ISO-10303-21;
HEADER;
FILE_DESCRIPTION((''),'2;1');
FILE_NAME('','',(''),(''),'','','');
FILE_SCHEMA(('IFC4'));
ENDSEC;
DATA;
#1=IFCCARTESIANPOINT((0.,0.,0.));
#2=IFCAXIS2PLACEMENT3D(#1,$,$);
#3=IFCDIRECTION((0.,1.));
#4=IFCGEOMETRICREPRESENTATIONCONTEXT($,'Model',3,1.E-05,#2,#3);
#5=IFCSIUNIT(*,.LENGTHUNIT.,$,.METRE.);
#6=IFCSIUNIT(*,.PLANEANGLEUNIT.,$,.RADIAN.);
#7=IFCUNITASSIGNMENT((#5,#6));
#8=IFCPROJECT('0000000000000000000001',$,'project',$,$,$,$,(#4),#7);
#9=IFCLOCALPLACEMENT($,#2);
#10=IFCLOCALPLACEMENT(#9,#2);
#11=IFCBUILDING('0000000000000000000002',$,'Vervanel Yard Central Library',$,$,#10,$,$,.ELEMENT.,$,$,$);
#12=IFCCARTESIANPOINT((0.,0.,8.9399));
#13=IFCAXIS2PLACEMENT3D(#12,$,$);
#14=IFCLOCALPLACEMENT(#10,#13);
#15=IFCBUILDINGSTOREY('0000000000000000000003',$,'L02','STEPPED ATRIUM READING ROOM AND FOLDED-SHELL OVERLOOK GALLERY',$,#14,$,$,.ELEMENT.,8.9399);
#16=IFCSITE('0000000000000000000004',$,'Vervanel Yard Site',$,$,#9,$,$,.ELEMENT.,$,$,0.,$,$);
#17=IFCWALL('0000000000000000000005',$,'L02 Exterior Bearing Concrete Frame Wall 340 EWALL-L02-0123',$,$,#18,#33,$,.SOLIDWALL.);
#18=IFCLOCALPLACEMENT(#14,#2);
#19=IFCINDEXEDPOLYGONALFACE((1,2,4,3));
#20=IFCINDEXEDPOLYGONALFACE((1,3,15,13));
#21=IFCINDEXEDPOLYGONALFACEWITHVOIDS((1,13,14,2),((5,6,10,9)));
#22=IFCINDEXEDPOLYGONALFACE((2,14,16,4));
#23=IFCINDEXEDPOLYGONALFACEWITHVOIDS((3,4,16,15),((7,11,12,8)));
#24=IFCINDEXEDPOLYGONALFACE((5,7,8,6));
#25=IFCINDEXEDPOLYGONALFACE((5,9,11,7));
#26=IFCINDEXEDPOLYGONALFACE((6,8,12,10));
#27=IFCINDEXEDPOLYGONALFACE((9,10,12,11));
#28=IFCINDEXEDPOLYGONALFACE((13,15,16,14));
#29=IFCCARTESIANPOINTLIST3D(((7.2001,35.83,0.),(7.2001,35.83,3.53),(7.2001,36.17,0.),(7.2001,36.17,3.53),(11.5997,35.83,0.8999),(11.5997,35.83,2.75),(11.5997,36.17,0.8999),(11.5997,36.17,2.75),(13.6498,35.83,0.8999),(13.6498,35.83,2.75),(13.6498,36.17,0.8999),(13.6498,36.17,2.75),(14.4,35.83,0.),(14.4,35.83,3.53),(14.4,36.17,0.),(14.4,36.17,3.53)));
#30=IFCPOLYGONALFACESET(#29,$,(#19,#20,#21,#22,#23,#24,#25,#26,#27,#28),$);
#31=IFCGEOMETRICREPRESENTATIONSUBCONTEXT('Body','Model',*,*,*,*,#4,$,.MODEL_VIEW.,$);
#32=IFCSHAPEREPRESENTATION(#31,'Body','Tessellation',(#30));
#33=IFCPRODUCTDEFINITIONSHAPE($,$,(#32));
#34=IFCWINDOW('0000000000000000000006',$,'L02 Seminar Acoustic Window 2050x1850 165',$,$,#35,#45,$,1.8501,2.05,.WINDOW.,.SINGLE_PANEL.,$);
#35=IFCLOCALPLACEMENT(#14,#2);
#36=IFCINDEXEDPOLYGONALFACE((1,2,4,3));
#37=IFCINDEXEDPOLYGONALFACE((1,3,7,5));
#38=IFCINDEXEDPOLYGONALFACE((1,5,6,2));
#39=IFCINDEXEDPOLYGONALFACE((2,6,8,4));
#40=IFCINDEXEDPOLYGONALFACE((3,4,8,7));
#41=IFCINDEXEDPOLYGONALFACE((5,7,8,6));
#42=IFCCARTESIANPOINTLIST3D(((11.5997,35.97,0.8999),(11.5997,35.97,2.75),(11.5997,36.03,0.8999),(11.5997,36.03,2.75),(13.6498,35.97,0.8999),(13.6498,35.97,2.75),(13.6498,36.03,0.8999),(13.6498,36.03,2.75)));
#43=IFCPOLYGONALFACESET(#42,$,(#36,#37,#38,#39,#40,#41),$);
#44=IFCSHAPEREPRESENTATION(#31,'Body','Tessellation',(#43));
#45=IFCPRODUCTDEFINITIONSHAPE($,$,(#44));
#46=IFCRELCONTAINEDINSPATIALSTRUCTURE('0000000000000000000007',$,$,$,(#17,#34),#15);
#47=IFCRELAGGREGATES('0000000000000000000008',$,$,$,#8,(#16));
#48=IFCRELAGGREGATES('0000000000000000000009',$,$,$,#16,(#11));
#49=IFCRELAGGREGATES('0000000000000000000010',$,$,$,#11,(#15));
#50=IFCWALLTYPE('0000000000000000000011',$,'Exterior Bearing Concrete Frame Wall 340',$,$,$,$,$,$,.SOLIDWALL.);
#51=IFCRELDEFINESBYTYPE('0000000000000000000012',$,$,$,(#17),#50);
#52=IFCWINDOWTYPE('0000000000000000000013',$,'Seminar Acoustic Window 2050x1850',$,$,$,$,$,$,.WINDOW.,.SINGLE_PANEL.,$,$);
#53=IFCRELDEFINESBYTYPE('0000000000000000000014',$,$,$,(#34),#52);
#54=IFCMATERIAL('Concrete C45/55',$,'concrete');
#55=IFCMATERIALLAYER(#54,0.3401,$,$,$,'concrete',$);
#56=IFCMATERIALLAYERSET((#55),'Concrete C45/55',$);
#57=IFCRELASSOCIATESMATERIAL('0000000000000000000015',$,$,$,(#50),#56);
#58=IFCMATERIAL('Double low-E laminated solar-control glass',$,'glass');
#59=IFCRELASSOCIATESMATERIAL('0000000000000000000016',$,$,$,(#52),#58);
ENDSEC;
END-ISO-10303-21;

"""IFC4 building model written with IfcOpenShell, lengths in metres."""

from ifc_helpers import new_model, si_unit, direction, frame, frame_2d, origin, place, context, subcontext, project, spatial, rectangle, extrude, material, layer, layer_set, type_object, element, fill, save


model = new_model("IFC4")

# Units and contexts
model_context = context("Model", 3, precision=1e-05, world=origin(), true_north=direction((0.0, 1.0)))
body_context = subcontext(model_context, "Body", "Model", "MODEL_VIEW")
ifc_project = project(units=[si_unit("LENGTHUNIT", "METRE"), si_unit("PLANEANGLEUNIT", "RADIAN")], contexts=[model_context])

# Site, building, storey
site_placement = place(None, origin())
site = spatial("IfcSite", under=ifc_project, at=site_placement, Name="Vervanel Yard Site", CompositionType="ELEMENT", RefElevation=0.0)
building_placement = place(site_placement, origin())
building = spatial("IfcBuilding", under=site, at=building_placement, Name="Vervanel Yard Central Library", CompositionType="ELEMENT")
storey_placement = place(building_placement, frame((0.0, 0.0, 8.9399)))
storey = spatial("IfcBuildingStorey", under=building, at=storey_placement, Name="L02", Description="STEPPED ATRIUM READING ROOM AND FOLDED-SHELL OVERLOOK GALLERY", CompositionType="ELEMENT", Elevation=8.9399)

# Shared definitions
ifc_material_1 = material(Name="Concrete C45/55", Category="concrete")
ifc_layer = layer(ifc_material_1, 0.3401, Category="concrete")
ifc_layer_set = layer_set([ifc_layer], Name="Concrete C45/55")
wall_type = type_object("IfcWallType", Name="Exterior Bearing Concrete Frame Wall 340", PredefinedType="SOLIDWALL", material=ifc_layer_set)
ifc_material_2 = material(Name="Double low-E laminated solar-control glass", Category="glass")

# Wall, opening, window
window_type_1 = type_object("IfcWindowType", Name="Seminar Acoustic Window 2050x1850", PartitioningType="SINGLE_PANEL", PredefinedType="WINDOW", material=ifc_material_2)
wall_1_placement = place(storey_placement, frame((7.2, 36.0, 0.0), z_axis=(0.0, 0.0, 1.0), x_axis=(1.0, 0.0, 0.0)))
wall_1 = element("IfcWall", 1, at=wall_1_placement, inside=storey, type_object=wall_type, Name="L02 Exterior Bearing Concrete Frame Wall 340 EWALL-L02-0123", PredefinedType="SOLIDWALL", context=body_context, shape_type="SweptSolid", body=[
    extrude(rectangle(XDim=7.2, YDim=0.3401, at=frame_2d((3.6001, 0.0))), origin(), (0.0, 0.0, 1.0), 3.53),
])
opening_1_placement = place(wall_1_placement, frame((4.3999, 0.0, 0.8999)))
opening_1 = element("IfcOpeningElement", 2, at=opening_1_placement, cuts=wall_1, PredefinedType="OPENING", context=body_context, shape_type="SweptSolid", body=[
    extrude(rectangle(XDim=2.05, YDim=1.8501, at=frame_2d((1.0249, 0.925))), frame((0.0, 0.1799, 0.0), z_axis=(0.0, -1.0, 0.0), x_axis=(1.0, 0.0, 0.0)), (0.0, 0.0, 1.0), 0.3601),
])
window_1_placement = place(opening_1_placement, origin())
window_1 = element("IfcWindow", 3, at=window_1_placement, inside=storey, type_object=window_type_1, Name="L02 Seminar Acoustic Window 2050x1850 165", OverallHeight=1.8501, OverallWidth=2.05, PartitioningType="SINGLE_PANEL", PredefinedType="WINDOW", context=body_context, shape_type="SweptSolid", body=[
    extrude(rectangle(XDim=2.05, YDim=1.8501, at=frame_2d((1.0249, 0.925))), frame((0.0, 0.03, 0.0), z_axis=(0.0, -1.0, 0.0), x_axis=(1.0, 0.0, 0.0)), (0.0, 0.0, 1.0), 0.0601),
])
fill(opening_1, window_1)

save(model, "model.ifc")
